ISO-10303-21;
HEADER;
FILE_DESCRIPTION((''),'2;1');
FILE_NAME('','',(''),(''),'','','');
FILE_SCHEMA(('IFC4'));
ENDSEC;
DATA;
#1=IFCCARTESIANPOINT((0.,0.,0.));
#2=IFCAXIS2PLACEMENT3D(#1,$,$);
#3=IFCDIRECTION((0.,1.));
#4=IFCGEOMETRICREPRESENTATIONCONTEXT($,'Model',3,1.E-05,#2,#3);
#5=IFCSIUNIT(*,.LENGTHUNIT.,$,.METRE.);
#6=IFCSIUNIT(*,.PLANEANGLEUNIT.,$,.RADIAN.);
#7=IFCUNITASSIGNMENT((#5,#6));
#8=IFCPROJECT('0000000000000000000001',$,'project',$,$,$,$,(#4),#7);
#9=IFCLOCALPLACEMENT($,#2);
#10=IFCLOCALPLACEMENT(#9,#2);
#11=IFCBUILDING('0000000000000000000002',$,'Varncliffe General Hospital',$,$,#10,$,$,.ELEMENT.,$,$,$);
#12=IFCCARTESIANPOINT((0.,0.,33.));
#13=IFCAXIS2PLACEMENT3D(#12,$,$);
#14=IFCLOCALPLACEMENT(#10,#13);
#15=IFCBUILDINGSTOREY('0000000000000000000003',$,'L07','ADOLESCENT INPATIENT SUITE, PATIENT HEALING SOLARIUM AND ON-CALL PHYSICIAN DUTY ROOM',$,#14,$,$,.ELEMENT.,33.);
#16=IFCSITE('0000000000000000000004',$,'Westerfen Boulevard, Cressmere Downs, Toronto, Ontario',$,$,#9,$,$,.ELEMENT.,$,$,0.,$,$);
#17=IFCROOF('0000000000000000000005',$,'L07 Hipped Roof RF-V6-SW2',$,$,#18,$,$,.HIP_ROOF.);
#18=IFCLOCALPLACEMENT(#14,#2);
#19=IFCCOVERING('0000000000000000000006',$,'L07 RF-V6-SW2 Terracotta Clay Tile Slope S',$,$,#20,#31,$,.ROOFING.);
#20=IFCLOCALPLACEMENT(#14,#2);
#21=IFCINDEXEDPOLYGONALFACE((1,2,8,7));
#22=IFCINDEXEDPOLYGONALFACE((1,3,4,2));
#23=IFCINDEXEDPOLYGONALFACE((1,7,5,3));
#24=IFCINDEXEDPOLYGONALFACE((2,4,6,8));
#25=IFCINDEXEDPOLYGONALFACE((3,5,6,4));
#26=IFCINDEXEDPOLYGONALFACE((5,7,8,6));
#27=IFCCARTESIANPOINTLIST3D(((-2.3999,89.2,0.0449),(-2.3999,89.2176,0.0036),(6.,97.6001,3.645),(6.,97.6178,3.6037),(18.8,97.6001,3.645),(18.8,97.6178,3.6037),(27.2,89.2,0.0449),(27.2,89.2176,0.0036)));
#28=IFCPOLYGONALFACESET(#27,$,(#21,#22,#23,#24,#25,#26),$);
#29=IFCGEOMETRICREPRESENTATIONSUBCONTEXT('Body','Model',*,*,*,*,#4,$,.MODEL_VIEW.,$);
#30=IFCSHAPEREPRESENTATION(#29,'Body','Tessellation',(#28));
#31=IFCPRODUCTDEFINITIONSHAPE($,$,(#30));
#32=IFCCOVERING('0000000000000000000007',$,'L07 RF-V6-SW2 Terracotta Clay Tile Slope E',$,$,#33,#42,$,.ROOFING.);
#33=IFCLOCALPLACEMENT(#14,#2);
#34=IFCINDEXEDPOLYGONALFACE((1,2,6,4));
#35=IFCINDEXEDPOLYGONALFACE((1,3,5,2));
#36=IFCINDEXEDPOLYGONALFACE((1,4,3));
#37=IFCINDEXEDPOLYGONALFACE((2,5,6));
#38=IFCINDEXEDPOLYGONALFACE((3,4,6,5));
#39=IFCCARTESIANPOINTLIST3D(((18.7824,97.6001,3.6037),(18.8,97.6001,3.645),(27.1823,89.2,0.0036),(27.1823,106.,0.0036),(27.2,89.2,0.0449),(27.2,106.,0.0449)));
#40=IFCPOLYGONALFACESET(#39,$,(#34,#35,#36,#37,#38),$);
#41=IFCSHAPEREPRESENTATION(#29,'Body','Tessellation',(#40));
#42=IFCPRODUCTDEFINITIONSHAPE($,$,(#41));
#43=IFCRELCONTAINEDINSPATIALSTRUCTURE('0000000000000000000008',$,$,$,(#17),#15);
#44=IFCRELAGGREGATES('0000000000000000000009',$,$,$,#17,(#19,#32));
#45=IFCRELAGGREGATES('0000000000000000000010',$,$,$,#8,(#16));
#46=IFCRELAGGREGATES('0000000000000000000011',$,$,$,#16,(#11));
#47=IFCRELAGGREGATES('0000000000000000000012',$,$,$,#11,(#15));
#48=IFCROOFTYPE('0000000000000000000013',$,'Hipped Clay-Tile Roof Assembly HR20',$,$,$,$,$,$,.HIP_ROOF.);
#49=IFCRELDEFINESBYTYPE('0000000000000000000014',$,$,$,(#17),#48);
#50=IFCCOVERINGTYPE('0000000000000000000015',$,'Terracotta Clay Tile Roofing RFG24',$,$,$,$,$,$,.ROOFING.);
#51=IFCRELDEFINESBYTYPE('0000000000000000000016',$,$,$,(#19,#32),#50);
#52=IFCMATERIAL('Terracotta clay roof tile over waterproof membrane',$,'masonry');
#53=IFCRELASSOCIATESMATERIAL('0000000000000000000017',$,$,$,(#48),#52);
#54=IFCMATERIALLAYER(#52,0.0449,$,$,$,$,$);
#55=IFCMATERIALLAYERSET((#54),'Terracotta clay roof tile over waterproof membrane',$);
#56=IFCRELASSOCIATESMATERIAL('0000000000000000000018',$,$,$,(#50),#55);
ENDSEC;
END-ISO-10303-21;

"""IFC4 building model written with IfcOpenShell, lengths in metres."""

from ifc_helpers import new_model, si_unit, direction, frame, origin, place, context, subcontext, project, spatial, polyline, outline, extrude, material, layer, layer_set, type_object, element, aggregate, save


model = new_model("IFC4")

# Units and contexts
model_context = context("Model", 3, precision=1e-05, world=origin(), true_north=direction((0.0, 1.0)))
body_context = subcontext(model_context, "Body", "Model", "MODEL_VIEW")
ifc_project = project(units=[si_unit("LENGTHUNIT", "METRE"), si_unit("PLANEANGLEUNIT", "RADIAN")], contexts=[model_context])

# Site, building, storey
site_placement = place(None, origin())
site = spatial("IfcSite", under=ifc_project, at=site_placement, Name="Westerfen Boulevard, Cressmere Downs, Toronto, Ontario", CompositionType="ELEMENT", RefElevation=0.0)
building_placement = place(site_placement, origin())
building = spatial("IfcBuilding", under=site, at=building_placement, Name="Varncliffe General Hospital", CompositionType="ELEMENT")
storey_placement = place(building_placement, frame((0.0, 0.0, 33.0)))
storey = spatial("IfcBuildingStorey", under=building, at=storey_placement, Name="L07", Description="ADOLESCENT INPATIENT SUITE, PATIENT HEALING SOLARIUM AND ON-CALL PHYSICIAN DUTY ROOM", CompositionType="ELEMENT", Elevation=33.0)

# Roof, coverings
ifc_material_1 = material(Name="Terracotta clay roof tile over waterproof membrane", Category="masonry")
roof_type = type_object("IfcRoofType", Name="Hipped Clay-Tile Roof Assembly HR20", PredefinedType="HIP_ROOF", material=ifc_material_1)
roof_placement = place(storey_placement, origin())
roof = element("IfcRoof", 1, at=roof_placement, inside=storey, type_object=roof_type, Name="L07 Hipped Roof RF-V6-SW2", PredefinedType="HIP_ROOF")
ifc_layer_1 = layer(ifc_material_1, 0.0449)
ifc_layer_set_1 = layer_set([ifc_layer_1], Name="Terracotta clay roof tile over waterproof membrane")
covering_type = type_object("IfcCoveringType", Name="Terracotta Clay Tile Roofing RFG24", PredefinedType="ROOFING", material=ifc_layer_set_1)
covering_1_placement = place(storey_placement, frame((-2.3999, 89.2, 0.0449), z_axis=(0.0, -0.393923, 0.919144), x_axis=(1.0, 0.0, 0.0)))
covering_1 = element("IfcCovering", 2, at=covering_1_placement, type_object=covering_type, Name="L07 RF-V6-SW2 Terracotta Clay Tile Slope S", PredefinedType="ROOFING", context=body_context, shape_type="SweptSolid", body=[
    extrude(outline(polyline([(0.0, 0.0), (29.5999, 0.0), (21.2, 9.1391), (8.3999, 9.1391), (0.0, 0.0)])), origin(), (0.0, 0.0, -1.0), 0.0449),
])
covering_2_placement = place(storey_placement, frame((27.2, 89.2, 0.0449), z_axis=(0.393932, 0.0, 0.91914), x_axis=(0.0, 1.0, 0.0)))
covering_2 = element("IfcCovering", 3, at=covering_2_placement, type_object=covering_type, Name="L07 RF-V6-SW2 Terracotta Clay Tile Slope E", PredefinedType="ROOFING", context=body_context, shape_type="SweptSolid", body=[
    extrude(outline(polyline([(0.0, 0.0), (16.8, 0.0), (8.4001, 9.1389), (0.0, 0.0)])), origin(), (0.0, 0.0, -1.0), 0.0449),
])
aggregate(roof, [covering_1, covering_2])

save(model, "model.ifc")
